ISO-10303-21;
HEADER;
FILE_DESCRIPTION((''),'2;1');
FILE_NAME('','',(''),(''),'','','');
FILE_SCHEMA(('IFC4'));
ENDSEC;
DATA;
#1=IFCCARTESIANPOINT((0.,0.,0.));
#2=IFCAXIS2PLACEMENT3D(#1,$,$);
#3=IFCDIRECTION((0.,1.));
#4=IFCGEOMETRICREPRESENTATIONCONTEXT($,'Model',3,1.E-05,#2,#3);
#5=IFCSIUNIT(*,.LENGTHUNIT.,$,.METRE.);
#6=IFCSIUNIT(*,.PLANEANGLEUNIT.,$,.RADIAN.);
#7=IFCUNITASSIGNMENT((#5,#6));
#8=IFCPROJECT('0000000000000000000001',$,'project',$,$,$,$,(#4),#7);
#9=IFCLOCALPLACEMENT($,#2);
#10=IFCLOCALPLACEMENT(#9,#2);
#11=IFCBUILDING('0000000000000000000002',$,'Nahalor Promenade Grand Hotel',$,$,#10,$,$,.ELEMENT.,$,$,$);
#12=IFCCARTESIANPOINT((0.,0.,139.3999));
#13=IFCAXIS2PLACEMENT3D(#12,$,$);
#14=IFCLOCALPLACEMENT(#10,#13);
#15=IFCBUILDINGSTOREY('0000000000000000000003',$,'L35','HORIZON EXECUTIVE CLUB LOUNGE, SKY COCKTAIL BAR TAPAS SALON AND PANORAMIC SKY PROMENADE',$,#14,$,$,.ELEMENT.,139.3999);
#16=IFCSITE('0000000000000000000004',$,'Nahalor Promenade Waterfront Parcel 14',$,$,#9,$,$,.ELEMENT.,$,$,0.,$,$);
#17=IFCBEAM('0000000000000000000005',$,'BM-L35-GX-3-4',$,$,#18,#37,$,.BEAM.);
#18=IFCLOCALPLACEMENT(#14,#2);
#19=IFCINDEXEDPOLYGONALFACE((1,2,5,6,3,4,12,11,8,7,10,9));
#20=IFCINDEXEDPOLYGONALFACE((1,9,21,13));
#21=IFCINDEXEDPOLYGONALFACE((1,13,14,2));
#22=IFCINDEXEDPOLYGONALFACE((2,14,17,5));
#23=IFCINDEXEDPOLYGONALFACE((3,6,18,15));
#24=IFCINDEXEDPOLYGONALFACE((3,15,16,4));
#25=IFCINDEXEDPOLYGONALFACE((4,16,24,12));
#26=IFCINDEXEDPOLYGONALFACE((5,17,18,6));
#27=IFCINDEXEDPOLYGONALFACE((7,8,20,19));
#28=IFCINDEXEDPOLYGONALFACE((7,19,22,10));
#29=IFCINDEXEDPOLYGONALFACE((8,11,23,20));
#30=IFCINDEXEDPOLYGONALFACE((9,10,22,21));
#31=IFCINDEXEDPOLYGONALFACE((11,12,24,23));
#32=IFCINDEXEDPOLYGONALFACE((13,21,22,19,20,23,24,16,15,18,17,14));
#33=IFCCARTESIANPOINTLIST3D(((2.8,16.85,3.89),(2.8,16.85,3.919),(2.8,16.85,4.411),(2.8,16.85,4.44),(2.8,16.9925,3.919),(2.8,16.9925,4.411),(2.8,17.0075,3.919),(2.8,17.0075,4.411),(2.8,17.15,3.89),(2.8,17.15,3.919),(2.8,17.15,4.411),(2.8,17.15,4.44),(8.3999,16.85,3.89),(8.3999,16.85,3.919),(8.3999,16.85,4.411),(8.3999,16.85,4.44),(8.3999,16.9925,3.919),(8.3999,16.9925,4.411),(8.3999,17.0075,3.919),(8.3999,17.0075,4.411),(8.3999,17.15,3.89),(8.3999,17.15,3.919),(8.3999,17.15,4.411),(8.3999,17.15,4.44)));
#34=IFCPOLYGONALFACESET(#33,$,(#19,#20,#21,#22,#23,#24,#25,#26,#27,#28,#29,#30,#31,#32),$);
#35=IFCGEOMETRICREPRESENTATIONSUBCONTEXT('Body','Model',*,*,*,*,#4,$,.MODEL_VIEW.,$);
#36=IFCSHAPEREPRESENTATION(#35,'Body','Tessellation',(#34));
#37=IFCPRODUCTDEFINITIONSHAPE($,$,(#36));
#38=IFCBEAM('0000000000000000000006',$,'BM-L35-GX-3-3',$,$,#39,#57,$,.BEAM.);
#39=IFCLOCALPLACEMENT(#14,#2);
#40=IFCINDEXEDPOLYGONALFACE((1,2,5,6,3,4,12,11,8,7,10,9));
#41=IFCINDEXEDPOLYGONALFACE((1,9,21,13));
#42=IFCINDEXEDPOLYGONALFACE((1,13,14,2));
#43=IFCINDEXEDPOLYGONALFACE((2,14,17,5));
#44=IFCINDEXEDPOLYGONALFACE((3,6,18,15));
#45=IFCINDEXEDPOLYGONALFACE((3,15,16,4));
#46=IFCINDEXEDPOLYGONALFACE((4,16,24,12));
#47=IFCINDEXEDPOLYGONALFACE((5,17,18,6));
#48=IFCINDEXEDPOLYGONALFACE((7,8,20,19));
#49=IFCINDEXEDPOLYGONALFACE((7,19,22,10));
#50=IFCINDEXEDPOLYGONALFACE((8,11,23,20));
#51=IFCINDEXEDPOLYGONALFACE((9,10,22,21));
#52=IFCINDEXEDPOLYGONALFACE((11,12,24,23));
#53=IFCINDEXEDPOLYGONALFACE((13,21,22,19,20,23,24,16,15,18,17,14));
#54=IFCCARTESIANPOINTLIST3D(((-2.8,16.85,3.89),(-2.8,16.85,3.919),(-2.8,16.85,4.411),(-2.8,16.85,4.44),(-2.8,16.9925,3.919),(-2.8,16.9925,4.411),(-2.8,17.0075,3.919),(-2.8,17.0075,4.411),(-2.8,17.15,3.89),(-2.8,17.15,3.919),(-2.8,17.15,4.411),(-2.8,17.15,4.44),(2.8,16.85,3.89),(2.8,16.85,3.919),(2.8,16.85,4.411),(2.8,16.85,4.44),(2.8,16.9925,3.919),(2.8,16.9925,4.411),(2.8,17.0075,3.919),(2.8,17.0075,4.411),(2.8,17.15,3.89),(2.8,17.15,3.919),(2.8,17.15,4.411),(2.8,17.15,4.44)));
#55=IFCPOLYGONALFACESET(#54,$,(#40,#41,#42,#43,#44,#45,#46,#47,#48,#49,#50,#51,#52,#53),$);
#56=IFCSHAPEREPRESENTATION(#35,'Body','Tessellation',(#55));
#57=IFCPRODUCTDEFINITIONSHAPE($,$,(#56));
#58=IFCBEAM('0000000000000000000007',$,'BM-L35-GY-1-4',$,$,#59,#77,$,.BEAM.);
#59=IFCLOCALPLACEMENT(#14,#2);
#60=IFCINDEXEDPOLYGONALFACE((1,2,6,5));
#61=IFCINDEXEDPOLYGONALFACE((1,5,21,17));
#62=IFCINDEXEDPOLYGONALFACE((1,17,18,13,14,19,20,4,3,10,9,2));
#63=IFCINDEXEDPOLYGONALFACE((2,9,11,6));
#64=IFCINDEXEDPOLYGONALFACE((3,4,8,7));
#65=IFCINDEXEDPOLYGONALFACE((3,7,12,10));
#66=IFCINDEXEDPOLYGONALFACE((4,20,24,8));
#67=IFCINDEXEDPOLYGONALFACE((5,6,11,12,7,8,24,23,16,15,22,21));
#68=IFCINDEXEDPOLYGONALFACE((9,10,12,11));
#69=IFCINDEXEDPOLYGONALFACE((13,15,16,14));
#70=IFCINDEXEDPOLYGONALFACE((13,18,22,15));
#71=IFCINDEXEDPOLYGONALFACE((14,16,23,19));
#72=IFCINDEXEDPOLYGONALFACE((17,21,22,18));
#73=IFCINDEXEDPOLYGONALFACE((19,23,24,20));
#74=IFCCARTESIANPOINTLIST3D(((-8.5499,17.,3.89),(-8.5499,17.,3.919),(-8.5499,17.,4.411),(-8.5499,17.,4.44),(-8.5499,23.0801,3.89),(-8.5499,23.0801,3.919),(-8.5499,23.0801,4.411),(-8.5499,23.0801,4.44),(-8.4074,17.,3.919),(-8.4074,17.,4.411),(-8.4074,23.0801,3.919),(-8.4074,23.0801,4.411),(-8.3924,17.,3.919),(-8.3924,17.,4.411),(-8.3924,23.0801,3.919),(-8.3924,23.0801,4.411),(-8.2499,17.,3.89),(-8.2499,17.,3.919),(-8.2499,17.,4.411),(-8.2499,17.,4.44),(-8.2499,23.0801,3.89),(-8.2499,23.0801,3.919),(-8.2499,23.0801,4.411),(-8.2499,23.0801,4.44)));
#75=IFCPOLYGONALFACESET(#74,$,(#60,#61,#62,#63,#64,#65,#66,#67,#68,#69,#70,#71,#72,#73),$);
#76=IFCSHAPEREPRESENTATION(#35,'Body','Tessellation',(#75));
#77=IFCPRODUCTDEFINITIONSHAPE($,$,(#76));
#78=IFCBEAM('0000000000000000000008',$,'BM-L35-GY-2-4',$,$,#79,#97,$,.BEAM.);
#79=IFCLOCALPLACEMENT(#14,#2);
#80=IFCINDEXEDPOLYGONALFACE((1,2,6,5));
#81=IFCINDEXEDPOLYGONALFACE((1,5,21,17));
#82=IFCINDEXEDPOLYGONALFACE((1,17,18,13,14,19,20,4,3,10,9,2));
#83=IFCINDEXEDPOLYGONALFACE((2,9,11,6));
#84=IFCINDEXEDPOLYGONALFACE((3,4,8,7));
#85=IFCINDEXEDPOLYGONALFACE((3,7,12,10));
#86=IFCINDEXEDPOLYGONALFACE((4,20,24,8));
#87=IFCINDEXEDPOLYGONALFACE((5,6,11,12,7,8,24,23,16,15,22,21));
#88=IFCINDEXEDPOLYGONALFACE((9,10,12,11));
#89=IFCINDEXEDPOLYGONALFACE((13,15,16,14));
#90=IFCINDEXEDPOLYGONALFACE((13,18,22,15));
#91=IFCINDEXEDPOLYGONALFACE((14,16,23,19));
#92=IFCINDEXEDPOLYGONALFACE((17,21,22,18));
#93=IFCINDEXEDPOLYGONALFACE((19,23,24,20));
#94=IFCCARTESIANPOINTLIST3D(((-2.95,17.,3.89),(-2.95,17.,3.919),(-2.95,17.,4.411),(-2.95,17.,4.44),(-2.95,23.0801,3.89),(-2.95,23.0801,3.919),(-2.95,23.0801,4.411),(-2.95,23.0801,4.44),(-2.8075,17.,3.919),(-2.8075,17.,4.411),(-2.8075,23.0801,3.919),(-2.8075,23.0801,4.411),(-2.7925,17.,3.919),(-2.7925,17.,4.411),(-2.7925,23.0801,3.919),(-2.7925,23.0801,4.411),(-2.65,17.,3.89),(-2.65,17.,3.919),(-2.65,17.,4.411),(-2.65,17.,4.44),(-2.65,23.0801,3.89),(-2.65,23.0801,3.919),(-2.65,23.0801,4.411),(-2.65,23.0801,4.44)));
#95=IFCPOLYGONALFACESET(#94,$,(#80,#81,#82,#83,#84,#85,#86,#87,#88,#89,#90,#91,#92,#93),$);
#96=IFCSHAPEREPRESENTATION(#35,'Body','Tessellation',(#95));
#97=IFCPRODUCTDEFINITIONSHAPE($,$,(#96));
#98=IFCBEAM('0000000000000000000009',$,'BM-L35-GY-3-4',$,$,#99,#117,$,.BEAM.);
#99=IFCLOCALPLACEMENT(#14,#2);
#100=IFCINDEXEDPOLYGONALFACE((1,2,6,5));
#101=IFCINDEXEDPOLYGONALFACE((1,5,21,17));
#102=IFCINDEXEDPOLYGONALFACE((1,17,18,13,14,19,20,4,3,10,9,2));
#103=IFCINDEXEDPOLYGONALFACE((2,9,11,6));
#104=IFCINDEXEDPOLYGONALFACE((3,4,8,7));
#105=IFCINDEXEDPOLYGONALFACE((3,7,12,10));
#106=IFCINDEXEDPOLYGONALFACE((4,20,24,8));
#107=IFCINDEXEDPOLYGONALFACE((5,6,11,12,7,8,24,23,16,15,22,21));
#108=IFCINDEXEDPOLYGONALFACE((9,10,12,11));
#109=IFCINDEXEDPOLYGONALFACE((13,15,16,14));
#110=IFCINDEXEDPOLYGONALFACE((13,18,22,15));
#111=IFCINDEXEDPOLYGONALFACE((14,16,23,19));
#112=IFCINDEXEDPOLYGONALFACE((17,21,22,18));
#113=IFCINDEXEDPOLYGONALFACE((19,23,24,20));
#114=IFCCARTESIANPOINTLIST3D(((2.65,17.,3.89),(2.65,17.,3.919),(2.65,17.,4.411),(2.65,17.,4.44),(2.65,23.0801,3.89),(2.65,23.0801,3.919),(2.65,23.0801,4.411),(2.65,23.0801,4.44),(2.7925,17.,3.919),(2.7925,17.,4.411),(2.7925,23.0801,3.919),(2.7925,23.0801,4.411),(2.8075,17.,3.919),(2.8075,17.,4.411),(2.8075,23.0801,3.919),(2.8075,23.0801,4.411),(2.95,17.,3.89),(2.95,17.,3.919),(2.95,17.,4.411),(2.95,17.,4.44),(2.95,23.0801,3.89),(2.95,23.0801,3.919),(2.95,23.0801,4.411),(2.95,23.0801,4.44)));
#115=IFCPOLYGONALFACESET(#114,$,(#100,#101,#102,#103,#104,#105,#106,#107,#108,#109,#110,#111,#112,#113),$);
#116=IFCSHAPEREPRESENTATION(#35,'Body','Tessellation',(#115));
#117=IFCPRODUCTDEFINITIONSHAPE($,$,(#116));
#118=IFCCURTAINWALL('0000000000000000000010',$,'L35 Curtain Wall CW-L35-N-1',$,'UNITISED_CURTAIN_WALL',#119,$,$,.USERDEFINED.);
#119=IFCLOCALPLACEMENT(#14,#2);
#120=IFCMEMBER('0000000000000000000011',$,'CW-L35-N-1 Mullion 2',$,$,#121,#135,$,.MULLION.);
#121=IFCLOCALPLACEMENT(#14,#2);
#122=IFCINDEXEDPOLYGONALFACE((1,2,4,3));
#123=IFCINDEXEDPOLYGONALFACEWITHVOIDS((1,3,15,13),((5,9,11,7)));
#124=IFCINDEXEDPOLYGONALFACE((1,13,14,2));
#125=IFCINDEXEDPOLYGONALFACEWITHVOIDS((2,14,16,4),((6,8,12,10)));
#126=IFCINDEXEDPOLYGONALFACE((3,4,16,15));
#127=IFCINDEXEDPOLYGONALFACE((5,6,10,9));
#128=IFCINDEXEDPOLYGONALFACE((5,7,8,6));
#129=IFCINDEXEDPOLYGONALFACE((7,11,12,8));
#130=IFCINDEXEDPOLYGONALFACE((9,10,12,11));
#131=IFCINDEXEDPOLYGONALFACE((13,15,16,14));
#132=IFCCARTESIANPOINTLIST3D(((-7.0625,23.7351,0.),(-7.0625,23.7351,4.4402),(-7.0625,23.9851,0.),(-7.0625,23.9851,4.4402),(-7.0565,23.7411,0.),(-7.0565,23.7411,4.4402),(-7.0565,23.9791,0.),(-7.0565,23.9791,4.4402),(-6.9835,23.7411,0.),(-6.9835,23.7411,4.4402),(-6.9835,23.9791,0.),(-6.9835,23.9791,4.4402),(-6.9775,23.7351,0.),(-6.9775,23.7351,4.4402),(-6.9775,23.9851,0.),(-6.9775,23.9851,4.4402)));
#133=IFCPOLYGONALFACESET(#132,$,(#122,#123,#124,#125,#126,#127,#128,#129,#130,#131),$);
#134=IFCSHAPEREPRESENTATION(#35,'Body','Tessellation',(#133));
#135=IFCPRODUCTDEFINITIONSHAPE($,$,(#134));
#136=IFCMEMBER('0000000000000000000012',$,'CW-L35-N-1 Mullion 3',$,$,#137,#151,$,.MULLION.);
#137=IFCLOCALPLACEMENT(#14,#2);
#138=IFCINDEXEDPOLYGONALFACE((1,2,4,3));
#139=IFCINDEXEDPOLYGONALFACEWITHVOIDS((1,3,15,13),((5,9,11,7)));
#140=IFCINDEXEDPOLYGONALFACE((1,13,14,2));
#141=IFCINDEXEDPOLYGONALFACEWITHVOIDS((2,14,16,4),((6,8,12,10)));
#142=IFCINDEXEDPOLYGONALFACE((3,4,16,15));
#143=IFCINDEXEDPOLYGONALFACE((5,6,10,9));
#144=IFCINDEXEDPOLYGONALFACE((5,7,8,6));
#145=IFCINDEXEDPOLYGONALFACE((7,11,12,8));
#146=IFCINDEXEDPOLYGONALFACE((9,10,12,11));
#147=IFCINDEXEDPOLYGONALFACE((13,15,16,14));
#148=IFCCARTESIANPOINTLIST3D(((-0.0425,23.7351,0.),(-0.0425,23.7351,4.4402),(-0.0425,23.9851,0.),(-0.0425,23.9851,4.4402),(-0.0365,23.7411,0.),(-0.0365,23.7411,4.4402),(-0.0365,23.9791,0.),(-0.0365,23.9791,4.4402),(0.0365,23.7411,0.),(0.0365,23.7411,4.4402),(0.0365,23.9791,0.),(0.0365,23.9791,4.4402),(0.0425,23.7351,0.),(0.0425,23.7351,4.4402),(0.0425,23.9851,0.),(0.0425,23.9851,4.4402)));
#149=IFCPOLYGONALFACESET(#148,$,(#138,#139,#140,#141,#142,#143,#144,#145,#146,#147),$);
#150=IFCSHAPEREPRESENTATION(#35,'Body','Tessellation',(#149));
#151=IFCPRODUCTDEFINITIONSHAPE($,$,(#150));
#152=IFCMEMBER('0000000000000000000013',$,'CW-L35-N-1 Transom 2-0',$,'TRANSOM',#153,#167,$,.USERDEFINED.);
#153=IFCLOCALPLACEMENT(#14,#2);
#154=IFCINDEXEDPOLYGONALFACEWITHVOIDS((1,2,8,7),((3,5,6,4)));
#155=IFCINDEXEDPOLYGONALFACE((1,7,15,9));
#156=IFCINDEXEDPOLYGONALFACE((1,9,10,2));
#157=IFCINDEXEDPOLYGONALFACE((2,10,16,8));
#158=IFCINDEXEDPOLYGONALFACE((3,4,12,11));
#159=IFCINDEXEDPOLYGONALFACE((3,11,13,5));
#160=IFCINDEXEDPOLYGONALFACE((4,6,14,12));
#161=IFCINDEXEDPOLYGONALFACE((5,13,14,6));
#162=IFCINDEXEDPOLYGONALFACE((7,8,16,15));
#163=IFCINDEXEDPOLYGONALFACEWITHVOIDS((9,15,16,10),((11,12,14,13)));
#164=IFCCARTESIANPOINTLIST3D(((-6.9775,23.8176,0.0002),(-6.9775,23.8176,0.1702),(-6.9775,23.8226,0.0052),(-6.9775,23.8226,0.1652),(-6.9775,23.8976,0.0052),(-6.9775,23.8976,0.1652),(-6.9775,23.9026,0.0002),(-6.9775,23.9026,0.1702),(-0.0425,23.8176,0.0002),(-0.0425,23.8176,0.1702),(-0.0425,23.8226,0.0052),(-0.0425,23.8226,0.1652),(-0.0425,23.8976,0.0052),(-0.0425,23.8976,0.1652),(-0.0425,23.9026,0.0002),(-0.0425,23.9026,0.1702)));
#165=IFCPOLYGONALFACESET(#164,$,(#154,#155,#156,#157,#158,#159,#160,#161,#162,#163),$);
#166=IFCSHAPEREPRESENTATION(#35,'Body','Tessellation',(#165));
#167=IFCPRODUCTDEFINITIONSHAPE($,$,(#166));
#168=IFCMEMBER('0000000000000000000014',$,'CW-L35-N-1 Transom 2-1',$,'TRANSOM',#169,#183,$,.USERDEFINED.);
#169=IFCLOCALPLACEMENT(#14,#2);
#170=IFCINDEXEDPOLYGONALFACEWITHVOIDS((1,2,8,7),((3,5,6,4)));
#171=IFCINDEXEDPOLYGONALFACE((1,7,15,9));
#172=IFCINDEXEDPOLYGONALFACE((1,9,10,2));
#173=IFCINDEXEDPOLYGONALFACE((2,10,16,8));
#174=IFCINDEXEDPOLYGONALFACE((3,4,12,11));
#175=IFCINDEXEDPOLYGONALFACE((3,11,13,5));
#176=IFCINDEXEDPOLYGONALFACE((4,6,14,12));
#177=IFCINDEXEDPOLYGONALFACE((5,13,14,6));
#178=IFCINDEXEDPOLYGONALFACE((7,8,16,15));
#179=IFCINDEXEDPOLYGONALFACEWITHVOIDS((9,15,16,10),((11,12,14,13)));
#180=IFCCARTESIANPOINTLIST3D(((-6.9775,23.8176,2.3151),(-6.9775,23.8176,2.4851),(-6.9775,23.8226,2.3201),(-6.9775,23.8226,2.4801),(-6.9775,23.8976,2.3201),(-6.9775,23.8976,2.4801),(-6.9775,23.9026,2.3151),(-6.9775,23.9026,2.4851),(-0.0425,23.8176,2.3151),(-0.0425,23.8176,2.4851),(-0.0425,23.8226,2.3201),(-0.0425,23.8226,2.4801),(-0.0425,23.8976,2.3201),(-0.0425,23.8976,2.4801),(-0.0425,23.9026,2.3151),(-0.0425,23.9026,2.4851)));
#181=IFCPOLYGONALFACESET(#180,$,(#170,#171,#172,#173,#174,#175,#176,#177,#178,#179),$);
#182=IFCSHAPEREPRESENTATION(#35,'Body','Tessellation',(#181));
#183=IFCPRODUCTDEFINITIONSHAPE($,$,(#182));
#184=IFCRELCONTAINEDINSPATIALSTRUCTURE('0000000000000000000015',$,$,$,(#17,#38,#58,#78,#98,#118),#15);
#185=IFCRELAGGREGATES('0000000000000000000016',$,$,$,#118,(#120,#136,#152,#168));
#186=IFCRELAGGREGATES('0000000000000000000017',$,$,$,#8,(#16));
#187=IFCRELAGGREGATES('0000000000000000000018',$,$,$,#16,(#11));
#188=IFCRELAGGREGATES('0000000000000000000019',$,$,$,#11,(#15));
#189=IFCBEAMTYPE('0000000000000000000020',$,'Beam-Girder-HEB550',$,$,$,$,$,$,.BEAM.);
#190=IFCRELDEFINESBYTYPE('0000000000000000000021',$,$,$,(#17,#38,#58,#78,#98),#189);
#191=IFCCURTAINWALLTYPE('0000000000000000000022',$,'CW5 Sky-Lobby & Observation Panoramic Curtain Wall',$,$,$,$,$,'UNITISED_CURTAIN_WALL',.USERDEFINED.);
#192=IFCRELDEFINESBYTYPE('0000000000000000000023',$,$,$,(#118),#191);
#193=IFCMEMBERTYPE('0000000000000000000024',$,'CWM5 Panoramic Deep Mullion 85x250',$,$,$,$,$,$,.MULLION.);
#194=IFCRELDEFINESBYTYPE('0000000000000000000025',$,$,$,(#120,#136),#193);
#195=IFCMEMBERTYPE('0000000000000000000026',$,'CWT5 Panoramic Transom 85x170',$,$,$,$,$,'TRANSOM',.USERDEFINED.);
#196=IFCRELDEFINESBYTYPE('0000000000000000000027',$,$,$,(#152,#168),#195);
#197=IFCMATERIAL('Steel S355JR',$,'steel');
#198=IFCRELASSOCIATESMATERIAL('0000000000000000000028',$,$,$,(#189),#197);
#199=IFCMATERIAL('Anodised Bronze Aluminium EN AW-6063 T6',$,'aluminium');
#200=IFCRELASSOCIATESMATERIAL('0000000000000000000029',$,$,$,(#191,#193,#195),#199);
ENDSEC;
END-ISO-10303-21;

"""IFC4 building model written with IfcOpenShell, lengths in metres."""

from ifc_helpers import new_model, si_unit, direction, frame, origin, origin_2d, place, context, subcontext, project, spatial, hollow_rectangle, i_section, extrude, source, transform, mapped, material, material_profile, profile_set, type_object, element, aggregate, save


model = new_model("IFC4")

# Units and contexts
model_context = context("Model", 3, precision=1e-05, world=origin(), true_north=direction((0.0, 1.0)))
body_context = subcontext(model_context, "Body", "Model", "MODEL_VIEW")
ifc_project = project(units=[si_unit("LENGTHUNIT", "METRE"), si_unit("PLANEANGLEUNIT", "RADIAN")], contexts=[model_context])

# Site, building, storey
site_placement = place(None, origin())
site = spatial("IfcSite", under=ifc_project, at=site_placement, Name="Nahalor Promenade Waterfront Parcel 14", CompositionType="ELEMENT", RefElevation=0.0)
building_placement = place(site_placement, origin())
building = spatial("IfcBuilding", under=site, at=building_placement, Name="Nahalor Promenade Grand Hotel", CompositionType="ELEMENT")
storey_placement = place(building_placement, frame((0.0, 0.0, 139.3999)))
storey = spatial("IfcBuildingStorey", under=building, at=storey_placement, Name="L35", Description="HORIZON EXECUTIVE CLUB LOUNGE, SKY COCKTAIL BAR TAPAS SALON AND PANORAMIC SKY PROMENADE", CompositionType="ELEMENT", Elevation=139.3999)

# Beams
ifc_material_1 = material(Name="Steel S355JR", Category="steel")
ifc_material_profile_1 = material_profile(ifc_material_1, i_section(OverallWidth=0.3, OverallDepth=0.55, WebThickness=0.015, FlangeThickness=0.029, at=origin_2d()), Name="HEB 550")
ifc_profile_set_1 = profile_set([ifc_material_profile_1], Name="Steel S355JR")
beam_type_1 = type_object("IfcBeamType", Name="Beam-Girder-HEB550", PredefinedType="BEAM", material=ifc_profile_set_1)
shared_shape_1 = source(origin(), body_context, "Body", "SweptSolid", [
    extrude(i_section(OverallWidth=0.3, OverallDepth=0.55, WebThickness=0.015, FlangeThickness=0.029, at=origin_2d()), origin(), (0.0, 0.0, 1.0), 5.5999),
])
for number, where, z_axis, x_axis, name in (
    (1, (2.8, 17.0, 4.165), (1.0, 0.0, 0.0), (0.0, 1.0, 0.0), "BM-L35-GX-3-4"),
):
    element("IfcBeam", number, at=place(storey_placement, frame(where, z_axis=z_axis, x_axis=x_axis)), inside=storey, type_object=beam_type_1, Name=name, PredefinedType="BEAM", context=body_context, shape_type="MappedRepresentation", body=[
        mapped(shared_shape_1, transform((0.0, 0.0, 0.0), scale=1.0)),
    ])
shared_shape_2 = source(origin(), body_context, "Body", "SweptSolid", [
    extrude(i_section(OverallWidth=0.3, OverallDepth=0.55, WebThickness=0.015, FlangeThickness=0.029, at=origin_2d()), origin(), (0.0, 0.0, 1.0), 5.6001),
])
beam_1_placement = place(storey_placement, frame((-2.8, 17.0, 4.165), z_axis=(1.0, 0.0, 0.0), x_axis=(0.0, 1.0, 0.0)))
element("IfcBeam", 2, at=beam_1_placement, inside=storey, type_object=beam_type_1, Name="BM-L35-GX-3-3", PredefinedType="BEAM", context=body_context, shape_type="MappedRepresentation", body=[
    mapped(shared_shape_2, transform((0.0, 0.0, 0.0), scale=1.0)),
])
shared_shape_3 = source(origin(), body_context, "Body", "SweptSolid", [
    extrude(i_section(OverallWidth=0.3, OverallDepth=0.55, WebThickness=0.015, FlangeThickness=0.029, at=origin_2d()), origin(), (0.0, 0.0, 1.0), 6.0801),
])
for number, where, z_axis, x_axis, name in (
    (3, (-8.3999, 17.0, 4.165), (0.0, 1.0, 0.0), (-1.0, 0.0, 0.0), "BM-L35-GY-1-4"),
    (4, (-2.8, 17.0, 4.165), (0.0, 1.0, 0.0), (-1.0, 0.0, 0.0), "BM-L35-GY-2-4"),
    (5, (2.8, 17.0, 4.165), (0.0, 1.0, 0.0), (-1.0, 0.0, 0.0), "BM-L35-GY-3-4"),
):
    element("IfcBeam", number, at=place(storey_placement, frame(where, z_axis=z_axis, x_axis=x_axis)), inside=storey, type_object=beam_type_1, Name=name, PredefinedType="BEAM", context=body_context, shape_type="MappedRepresentation", body=[
        mapped(shared_shape_3, transform((0.0, 0.0, 0.0), scale=1.0)),
    ])

# Curtain wall, members
ifc_material_2 = material(Name="Anodised Bronze Aluminium EN AW-6063 T6", Category="aluminium")
curtain_wall_type = type_object("IfcCurtainWallType", Name="CW5 Sky-Lobby & Observation Panoramic Curtain Wall", ElementType="UNITISED_CURTAIN_WALL", PredefinedType="USERDEFINED", material=ifc_material_2)
curtain_wall_placement = place(storey_placement, origin())
curtain_wall = element("IfcCurtainWall", 6, at=curtain_wall_placement, inside=storey, type_object=curtain_wall_type, Name="L35 Curtain Wall CW-L35-N-1", ObjectType="UNITISED_CURTAIN_WALL", PredefinedType="USERDEFINED")
ifc_material_profile_2 = material_profile(ifc_material_2, hollow_rectangle(XDim=0.085, YDim=0.25, WallThickness=0.006, at=origin_2d()), Name="CWM 85x250x6")
ifc_profile_set_2 = profile_set([ifc_material_profile_2], Name="Anodised Bronze Aluminium EN AW-6063 T6")
member_type_1 = type_object("IfcMemberType", Name="CWM5 Panoramic Deep Mullion 85x250", PredefinedType="MULLION", material=ifc_profile_set_2)
shared_shape_4 = source(origin(), body_context, "Body", "SweptSolid", [
    extrude(hollow_rectangle(XDim=0.085, YDim=0.25, WallThickness=0.006, at=origin_2d()), origin(), (0.0, 0.0, 1.0), 4.4402),
])
member_1_placement = place(storey_placement, frame((-7.02, 23.8601, 0.0), z_axis=(0.0, 0.0, 1.0), x_axis=(1.0, 0.0, 0.0)))
member_1 = element("IfcMember", 7, at=member_1_placement, type_object=member_type_1, Name="CW-L35-N-1 Mullion 2", PredefinedType="MULLION", context=body_context, shape_type="MappedRepresentation", body=[
    mapped(shared_shape_4, transform((0.0, 0.0, 0.0), scale=1.0)),
])
member_2_placement = place(storey_placement, frame((0.0, 23.8601, 0.0), z_axis=(0.0, 0.0, 1.0), x_axis=(1.0, 0.0, 0.0)))
member_2 = element("IfcMember", 8, at=member_2_placement, type_object=member_type_1, Name="CW-L35-N-1 Mullion 3", PredefinedType="MULLION", context=body_context, shape_type="MappedRepresentation", body=[
    mapped(shared_shape_4, transform((0.0, 0.0, 0.0), scale=1.0)),
])
ifc_material_profile_3 = material_profile(ifc_material_2, hollow_rectangle(XDim=0.085, YDim=0.17, WallThickness=0.005, at=origin_2d()), Name="CWT 85x170x5")
ifc_profile_set_3 = profile_set([ifc_material_profile_3], Name="Anodised Bronze Aluminium EN AW-6063 T6")
member_type_2 = type_object("IfcMemberType", Name="CWT5 Panoramic Transom 85x170", ElementType="TRANSOM", PredefinedType="USERDEFINED", material=ifc_profile_set_3)
shared_shape_5 = source(origin(), body_context, "Body", "SweptSolid", [
    extrude(hollow_rectangle(XDim=0.085, YDim=0.17, WallThickness=0.005, at=origin_2d()), origin(), (0.0, 0.0, 1.0), 6.9351),
])
member_3_placement = place(storey_placement, frame((-6.9775, 23.8601, 0.0852), z_axis=(1.0, 0.0, 0.0), x_axis=(0.0, 1.0, 0.0)))
member_3 = element("IfcMember", 9, at=member_3_placement, type_object=member_type_2, Name="CW-L35-N-1 Transom 2-0", ObjectType="TRANSOM", PredefinedType="USERDEFINED", context=body_context, shape_type="MappedRepresentation", body=[
    mapped(shared_shape_5, transform((0.0, 0.0, 0.0), scale=1.0)),
])
member_4_placement = place(storey_placement, frame((-6.9775, 23.8601, 2.4001), z_axis=(1.0, 0.0, 0.0), x_axis=(0.0, 1.0, 0.0)))
member_4 = element("IfcMember", 10, at=member_4_placement, type_object=member_type_2, Name="CW-L35-N-1 Transom 2-1", ObjectType="TRANSOM", PredefinedType="USERDEFINED", context=body_context, shape_type="MappedRepresentation", body=[
    mapped(shared_shape_5, transform((0.0, 0.0, 0.0), scale=1.0)),
])
aggregate(curtain_wall, [member_1, member_2, member_3, member_4])

save(model, "model.ifc")
